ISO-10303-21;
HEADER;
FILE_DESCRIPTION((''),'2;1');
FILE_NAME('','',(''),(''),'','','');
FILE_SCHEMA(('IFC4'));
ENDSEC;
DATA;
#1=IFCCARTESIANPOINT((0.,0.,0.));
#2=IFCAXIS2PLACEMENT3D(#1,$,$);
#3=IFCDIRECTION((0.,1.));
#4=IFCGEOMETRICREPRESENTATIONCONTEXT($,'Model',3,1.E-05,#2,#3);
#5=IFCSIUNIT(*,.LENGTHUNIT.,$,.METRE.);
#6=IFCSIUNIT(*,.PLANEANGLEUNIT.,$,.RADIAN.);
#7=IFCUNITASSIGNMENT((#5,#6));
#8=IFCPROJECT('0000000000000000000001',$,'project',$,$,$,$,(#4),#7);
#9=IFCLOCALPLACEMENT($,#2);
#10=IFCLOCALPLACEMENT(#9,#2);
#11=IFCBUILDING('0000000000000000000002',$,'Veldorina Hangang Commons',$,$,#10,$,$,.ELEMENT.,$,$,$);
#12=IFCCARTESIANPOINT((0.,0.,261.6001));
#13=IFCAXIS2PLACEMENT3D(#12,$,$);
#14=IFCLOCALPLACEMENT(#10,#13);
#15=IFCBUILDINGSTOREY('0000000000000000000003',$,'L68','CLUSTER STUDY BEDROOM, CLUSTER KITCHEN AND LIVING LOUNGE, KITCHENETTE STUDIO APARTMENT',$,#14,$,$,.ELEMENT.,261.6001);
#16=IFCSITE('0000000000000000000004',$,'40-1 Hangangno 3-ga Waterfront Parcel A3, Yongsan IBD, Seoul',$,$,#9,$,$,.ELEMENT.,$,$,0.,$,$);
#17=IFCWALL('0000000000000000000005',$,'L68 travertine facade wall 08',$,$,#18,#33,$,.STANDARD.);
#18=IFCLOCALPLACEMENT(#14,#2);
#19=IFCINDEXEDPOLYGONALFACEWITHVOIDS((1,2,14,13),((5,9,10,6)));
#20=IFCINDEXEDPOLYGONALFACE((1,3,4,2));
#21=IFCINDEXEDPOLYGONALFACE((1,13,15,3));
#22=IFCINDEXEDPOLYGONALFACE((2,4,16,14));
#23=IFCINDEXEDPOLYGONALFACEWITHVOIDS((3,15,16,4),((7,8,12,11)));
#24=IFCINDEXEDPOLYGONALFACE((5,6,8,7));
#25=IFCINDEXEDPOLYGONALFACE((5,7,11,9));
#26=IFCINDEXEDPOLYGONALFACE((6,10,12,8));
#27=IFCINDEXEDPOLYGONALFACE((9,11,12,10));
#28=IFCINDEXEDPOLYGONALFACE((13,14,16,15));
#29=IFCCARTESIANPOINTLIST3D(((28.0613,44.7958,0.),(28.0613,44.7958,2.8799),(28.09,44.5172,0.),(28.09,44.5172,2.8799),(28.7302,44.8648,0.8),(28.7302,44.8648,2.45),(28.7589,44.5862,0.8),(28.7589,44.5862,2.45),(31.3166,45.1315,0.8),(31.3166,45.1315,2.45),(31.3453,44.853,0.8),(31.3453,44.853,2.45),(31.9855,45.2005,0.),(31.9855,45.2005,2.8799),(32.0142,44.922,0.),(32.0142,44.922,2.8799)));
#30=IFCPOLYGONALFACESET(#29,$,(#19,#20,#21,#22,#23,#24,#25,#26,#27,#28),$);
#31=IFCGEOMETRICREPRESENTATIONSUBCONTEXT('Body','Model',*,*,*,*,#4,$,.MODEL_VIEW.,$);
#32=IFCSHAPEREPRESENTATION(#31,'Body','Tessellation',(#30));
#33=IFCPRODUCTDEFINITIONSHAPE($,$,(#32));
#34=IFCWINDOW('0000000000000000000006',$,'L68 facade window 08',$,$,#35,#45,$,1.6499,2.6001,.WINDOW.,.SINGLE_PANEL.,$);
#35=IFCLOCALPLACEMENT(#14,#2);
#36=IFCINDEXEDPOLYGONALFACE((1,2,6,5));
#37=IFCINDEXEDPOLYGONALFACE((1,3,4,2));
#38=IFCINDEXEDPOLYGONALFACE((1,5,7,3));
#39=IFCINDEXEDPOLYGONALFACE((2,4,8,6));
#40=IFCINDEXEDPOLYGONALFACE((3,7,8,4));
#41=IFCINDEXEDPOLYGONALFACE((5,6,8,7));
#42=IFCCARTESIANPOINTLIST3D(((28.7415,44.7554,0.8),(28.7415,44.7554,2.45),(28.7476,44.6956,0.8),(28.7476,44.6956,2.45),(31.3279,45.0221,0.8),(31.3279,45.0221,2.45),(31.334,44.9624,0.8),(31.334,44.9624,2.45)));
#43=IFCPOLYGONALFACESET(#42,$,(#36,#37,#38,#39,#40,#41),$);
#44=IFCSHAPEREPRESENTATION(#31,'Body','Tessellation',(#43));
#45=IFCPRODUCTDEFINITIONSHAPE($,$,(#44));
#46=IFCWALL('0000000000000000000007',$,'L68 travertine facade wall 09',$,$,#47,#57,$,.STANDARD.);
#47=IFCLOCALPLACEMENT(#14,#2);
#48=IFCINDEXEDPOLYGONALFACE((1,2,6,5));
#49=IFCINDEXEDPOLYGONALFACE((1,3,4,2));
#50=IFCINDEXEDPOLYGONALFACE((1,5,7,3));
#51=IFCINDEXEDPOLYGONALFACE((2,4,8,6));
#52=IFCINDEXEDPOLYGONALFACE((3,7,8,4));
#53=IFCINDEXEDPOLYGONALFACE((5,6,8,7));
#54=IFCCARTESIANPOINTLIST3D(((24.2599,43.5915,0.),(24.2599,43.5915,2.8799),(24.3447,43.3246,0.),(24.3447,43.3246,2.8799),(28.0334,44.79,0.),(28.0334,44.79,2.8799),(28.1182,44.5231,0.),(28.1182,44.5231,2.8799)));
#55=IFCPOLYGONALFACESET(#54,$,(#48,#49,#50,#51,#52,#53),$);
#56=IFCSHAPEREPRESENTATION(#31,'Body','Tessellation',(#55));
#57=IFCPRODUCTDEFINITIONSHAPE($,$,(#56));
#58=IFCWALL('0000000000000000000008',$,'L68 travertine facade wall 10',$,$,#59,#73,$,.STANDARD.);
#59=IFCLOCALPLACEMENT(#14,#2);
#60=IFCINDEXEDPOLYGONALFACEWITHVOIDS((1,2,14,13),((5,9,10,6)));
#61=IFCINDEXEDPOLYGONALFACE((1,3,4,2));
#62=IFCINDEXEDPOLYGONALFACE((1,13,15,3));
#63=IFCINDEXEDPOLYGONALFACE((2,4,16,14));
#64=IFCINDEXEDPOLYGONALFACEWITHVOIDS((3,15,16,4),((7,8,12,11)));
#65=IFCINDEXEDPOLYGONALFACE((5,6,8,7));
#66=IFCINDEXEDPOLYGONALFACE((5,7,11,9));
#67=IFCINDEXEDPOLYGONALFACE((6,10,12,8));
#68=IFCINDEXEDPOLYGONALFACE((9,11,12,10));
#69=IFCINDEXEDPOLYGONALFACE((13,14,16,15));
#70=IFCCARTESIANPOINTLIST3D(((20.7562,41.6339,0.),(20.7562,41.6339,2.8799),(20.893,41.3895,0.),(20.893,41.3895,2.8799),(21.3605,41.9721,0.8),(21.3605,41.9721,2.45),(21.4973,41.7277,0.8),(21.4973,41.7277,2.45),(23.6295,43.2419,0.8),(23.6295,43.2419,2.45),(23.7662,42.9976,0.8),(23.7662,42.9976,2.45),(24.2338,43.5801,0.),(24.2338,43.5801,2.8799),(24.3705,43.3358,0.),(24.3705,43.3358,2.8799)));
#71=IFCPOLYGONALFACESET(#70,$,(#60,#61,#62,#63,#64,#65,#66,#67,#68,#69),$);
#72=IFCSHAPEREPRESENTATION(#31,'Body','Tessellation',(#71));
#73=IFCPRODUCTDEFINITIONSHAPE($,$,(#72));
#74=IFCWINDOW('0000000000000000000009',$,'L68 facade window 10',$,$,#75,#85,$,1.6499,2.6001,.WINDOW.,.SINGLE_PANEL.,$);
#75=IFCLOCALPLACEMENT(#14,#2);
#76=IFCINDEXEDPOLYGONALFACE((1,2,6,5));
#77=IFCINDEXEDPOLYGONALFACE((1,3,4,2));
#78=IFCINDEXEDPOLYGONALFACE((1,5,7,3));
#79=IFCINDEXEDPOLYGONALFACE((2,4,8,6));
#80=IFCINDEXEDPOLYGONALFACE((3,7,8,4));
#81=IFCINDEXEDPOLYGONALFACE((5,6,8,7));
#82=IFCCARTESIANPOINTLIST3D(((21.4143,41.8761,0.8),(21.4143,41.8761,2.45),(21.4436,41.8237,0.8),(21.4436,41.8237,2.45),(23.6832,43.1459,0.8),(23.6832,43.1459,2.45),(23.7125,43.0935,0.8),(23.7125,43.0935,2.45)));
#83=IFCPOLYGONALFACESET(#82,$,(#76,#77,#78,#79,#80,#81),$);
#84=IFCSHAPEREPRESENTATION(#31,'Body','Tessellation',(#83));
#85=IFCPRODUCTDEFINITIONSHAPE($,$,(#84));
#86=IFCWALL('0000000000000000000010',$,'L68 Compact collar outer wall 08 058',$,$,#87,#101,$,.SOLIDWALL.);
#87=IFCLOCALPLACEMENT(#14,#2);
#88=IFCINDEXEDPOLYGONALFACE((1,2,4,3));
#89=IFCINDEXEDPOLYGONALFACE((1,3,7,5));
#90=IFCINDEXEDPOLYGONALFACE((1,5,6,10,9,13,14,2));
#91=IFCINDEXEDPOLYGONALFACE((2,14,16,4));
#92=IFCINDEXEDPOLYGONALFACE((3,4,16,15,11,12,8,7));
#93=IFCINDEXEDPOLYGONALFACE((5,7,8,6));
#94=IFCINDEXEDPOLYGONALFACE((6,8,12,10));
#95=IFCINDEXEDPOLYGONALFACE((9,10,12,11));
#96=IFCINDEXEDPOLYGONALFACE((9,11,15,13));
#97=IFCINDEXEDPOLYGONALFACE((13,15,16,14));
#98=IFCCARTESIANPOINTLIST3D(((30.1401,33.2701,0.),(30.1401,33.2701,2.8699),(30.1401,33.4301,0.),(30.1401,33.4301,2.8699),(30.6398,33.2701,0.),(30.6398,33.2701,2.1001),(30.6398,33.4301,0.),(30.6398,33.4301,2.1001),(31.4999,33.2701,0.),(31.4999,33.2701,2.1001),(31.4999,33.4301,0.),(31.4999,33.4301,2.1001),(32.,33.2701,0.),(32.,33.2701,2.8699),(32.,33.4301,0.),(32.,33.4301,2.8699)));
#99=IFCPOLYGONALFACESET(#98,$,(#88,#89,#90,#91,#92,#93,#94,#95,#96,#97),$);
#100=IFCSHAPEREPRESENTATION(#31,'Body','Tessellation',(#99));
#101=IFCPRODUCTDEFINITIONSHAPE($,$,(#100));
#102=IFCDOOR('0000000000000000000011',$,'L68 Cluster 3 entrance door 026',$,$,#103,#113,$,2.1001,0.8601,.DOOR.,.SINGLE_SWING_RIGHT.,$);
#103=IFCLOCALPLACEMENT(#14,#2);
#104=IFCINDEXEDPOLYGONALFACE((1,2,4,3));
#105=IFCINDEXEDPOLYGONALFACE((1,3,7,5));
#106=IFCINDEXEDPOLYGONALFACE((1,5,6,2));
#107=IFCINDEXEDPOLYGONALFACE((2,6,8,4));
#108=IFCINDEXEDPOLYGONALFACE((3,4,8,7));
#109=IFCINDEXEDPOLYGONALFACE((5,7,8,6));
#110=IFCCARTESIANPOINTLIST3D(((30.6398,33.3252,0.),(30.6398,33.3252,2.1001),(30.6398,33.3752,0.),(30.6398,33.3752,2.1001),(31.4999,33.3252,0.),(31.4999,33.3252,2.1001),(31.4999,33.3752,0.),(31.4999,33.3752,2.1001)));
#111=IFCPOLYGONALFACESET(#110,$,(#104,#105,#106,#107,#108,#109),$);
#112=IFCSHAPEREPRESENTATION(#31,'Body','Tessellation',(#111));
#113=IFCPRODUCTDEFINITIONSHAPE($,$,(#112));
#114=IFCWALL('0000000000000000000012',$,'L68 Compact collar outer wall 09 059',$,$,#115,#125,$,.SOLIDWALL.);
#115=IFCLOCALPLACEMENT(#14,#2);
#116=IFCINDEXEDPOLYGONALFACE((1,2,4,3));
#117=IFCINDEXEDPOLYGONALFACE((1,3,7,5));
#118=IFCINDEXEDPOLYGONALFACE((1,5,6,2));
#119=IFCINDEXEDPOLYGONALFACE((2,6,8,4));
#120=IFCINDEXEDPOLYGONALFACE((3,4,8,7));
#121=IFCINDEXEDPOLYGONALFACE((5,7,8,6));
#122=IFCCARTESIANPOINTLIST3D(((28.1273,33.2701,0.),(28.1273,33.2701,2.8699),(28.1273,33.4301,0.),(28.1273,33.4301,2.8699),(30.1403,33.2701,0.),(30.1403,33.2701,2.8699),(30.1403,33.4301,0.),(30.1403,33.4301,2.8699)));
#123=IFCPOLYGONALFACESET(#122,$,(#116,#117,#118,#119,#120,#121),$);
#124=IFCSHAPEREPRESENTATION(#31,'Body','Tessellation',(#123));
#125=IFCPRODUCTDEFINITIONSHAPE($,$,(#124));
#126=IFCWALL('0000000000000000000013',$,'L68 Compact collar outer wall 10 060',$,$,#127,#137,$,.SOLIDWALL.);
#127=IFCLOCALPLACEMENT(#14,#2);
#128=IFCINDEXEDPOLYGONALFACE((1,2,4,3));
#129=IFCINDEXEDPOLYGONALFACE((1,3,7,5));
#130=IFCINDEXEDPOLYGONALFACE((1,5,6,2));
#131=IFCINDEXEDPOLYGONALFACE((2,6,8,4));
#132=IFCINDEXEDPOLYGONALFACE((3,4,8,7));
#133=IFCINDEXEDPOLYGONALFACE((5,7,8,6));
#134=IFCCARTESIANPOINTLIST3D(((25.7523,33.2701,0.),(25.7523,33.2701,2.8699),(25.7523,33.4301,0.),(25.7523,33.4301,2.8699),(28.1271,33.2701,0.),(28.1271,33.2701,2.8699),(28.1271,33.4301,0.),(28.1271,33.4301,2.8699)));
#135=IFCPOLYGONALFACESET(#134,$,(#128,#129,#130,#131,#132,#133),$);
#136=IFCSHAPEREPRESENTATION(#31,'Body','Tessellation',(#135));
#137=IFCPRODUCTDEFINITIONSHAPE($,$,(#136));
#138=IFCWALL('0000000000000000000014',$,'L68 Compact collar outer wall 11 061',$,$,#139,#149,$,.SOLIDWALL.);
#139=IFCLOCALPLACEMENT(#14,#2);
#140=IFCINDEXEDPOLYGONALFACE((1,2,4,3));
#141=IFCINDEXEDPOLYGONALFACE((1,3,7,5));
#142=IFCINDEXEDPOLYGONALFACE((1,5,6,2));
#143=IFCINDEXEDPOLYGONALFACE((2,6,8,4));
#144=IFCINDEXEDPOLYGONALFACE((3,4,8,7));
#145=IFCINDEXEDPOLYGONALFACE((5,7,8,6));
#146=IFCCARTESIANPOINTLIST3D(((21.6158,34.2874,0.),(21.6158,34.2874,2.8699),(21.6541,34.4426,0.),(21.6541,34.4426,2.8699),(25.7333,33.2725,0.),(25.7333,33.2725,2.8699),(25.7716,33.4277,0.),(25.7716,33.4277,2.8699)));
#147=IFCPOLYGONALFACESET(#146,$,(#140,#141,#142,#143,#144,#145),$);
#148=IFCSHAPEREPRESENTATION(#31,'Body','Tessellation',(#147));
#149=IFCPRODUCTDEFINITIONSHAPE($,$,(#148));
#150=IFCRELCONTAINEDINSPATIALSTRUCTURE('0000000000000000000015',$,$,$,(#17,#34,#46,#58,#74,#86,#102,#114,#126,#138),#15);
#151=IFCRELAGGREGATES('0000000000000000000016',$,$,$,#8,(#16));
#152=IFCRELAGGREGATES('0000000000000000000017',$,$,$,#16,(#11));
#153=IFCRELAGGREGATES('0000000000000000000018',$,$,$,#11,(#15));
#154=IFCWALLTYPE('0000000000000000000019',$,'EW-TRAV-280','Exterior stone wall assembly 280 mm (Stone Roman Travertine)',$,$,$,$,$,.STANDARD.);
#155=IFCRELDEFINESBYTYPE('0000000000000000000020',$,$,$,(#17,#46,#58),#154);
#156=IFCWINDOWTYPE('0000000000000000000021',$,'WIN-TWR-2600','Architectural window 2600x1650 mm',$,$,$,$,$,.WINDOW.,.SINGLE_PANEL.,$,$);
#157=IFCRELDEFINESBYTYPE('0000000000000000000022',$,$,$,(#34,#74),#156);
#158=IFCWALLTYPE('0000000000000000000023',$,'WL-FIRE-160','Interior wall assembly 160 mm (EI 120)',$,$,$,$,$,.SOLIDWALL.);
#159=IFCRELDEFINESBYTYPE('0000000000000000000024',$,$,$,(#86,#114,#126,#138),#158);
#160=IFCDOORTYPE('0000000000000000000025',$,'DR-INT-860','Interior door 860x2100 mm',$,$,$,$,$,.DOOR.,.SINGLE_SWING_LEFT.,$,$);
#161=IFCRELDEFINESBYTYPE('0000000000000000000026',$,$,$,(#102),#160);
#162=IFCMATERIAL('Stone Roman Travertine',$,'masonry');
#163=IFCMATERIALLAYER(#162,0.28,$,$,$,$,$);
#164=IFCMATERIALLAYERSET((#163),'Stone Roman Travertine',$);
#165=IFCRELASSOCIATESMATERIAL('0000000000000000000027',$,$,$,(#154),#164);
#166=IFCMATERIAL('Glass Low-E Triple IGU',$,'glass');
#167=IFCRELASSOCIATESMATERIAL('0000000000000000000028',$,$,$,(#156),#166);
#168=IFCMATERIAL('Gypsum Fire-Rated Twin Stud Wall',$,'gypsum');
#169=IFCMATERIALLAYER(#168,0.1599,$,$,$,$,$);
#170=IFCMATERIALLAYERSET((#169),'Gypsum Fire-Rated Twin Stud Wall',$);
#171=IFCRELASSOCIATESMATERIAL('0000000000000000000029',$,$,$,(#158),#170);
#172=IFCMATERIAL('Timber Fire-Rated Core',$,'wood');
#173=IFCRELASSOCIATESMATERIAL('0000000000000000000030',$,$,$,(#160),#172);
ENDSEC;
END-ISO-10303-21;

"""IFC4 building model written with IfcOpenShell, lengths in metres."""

from ifc_helpers import new_model, si_unit, direction, frame, frame_2d, origin, place, context, subcontext, project, spatial, rectangle, extrude, material, layer, layer_set, type_object, element, fill, save


model = new_model("IFC4")

# Units and contexts
model_context = context("Model", 3, precision=1e-05, world=origin(), true_north=direction((0.0, 1.0)))
body_context = subcontext(model_context, "Body", "Model", "MODEL_VIEW")
ifc_project = project(units=[si_unit("LENGTHUNIT", "METRE"), si_unit("PLANEANGLEUNIT", "RADIAN")], contexts=[model_context])

# Site, building, storey
site_placement = place(None, origin())
site = spatial("IfcSite", under=ifc_project, at=site_placement, Name="40-1 Hangangno 3-ga Waterfront Parcel A3, Yongsan IBD, Seoul", CompositionType="ELEMENT", RefElevation=0.0)
building_placement = place(site_placement, origin())
building = spatial("IfcBuilding", under=site, at=building_placement, Name="Veldorina Hangang Commons", CompositionType="ELEMENT")
storey_placement = place(building_placement, frame((0.0, 0.0, 261.6001)))
storey = spatial("IfcBuildingStorey", under=building, at=storey_placement, Name="L68", Description="CLUSTER STUDY BEDROOM, CLUSTER KITCHEN AND LIVING LOUNGE, KITCHENETTE STUDIO APARTMENT", CompositionType="ELEMENT", Elevation=261.6001)

# Wall, opening, window
ifc_material_1 = material(Name="Stone Roman Travertine", Category="masonry")
ifc_layer_1 = layer(ifc_material_1, 0.28)
ifc_layer_set_1 = layer_set([ifc_layer_1], Name="Stone Roman Travertine")
wall_type_1 = type_object("IfcWallType", Name="EW-TRAV-280", Description="Exterior stone wall assembly 280 mm (Stone Roman Travertine)", PredefinedType="STANDARD", material=ifc_layer_set_1)
wall_1_placement = place(storey_placement, frame((32.0, 45.0613, 0.0), z_axis=(0.0, 0.0, 1.0), x_axis=(-0.994722, -0.102604, 0.0)))
wall_1 = element("IfcWall", 1, at=wall_1_placement, inside=storey, type_object=wall_type_1, Name="L68 travertine facade wall 08", PredefinedType="STANDARD", context=body_context, shape_type="SweptSolid", body=[
    extrude(rectangle(XDim=3.9451, YDim=0.28, at=frame_2d((1.9727, 0.0))), origin(), (0.0, 0.0, 1.0), 2.8799),
])
opening_1_placement = place(wall_1_placement, frame((0.6726, 0.0, 0.8)))
opening_1 = element("IfcOpeningElement", 2, at=opening_1_placement, cuts=wall_1, PredefinedType="OPENING", context=body_context, shape_type="SweptSolid", body=[
    extrude(rectangle(XDim=2.6001, YDim=1.6499, at=frame_2d((1.3, 0.825))), frame((0.0, 0.1499, 0.0), z_axis=(0.0, -1.0, 0.0), x_axis=(1.0, 0.0, 0.0)), (0.0, 0.0, 1.0), 0.3),
])
ifc_material_2 = material(Name="Glass Low-E Triple IGU", Category="glass")
window_type = type_object("IfcWindowType", Name="WIN-TWR-2600", Description="Architectural window 2600x1650 mm", PartitioningType="SINGLE_PANEL", PredefinedType="WINDOW", material=ifc_material_2)
window_1_placement = place(opening_1_placement, origin())
window_1 = element("IfcWindow", 3, at=window_1_placement, inside=storey, type_object=window_type, Name="L68 facade window 08", OverallHeight=1.6499, OverallWidth=2.6001, PartitioningType="SINGLE_PANEL", PredefinedType="WINDOW", context=body_context, shape_type="SweptSolid", body=[
    extrude(rectangle(XDim=2.6001, YDim=1.6499, at=frame_2d((1.3, 0.825))), frame((0.0, 0.03, 0.0), z_axis=(0.0, -1.0, 0.0), x_axis=(1.0, 0.0, 0.0)), (0.0, 0.0, 1.0), 0.0601),
])
fill(opening_1, window_1)

# Wall
wall_2_placement = place(storey_placement, frame((28.0757, 44.6565, 0.0), z_axis=(0.0, 0.0, 1.0), x_axis=(-0.953083, -0.30271, 0.0)))
element("IfcWall", 4, at=wall_2_placement, inside=storey, type_object=wall_type_1, Name="L68 travertine facade wall 09", PredefinedType="STANDARD", context=body_context, shape_type="SweptSolid", body=[
    extrude(rectangle(XDim=3.9592, YDim=0.28, at=frame_2d((1.9795, 0.0))), origin(), (0.0, 0.0, 1.0), 2.8799),
])

# Wall, opening, window
wall_3_placement = place(storey_placement, frame((24.3022, 43.458, 0.0), z_axis=(0.0, 0.0, 1.0), x_axis=(-0.872627, -0.488387, 0.0)))
wall_3 = element("IfcWall", 5, at=wall_3_placement, inside=storey, type_object=wall_type_1, Name="L68 travertine facade wall 10", PredefinedType="STANDARD", context=body_context, shape_type="SweptSolid", body=[
    extrude(rectangle(XDim=3.9851, YDim=0.28, at=frame_2d((1.9927, 0.0))), origin(), (0.0, 0.0, 1.0), 2.8799),
])
opening_2_placement = place(wall_3_placement, frame((0.6926, 0.0, 0.8)))
opening_2 = element("IfcOpeningElement", 6, at=opening_2_placement, cuts=wall_3, PredefinedType="OPENING", context=body_context, shape_type="SweptSolid", body=[
    extrude(rectangle(XDim=2.6001, YDim=1.6499, at=frame_2d((1.3, 0.825))), frame((0.0, 0.1499, 0.0), z_axis=(0.0, -1.0, 0.0), x_axis=(1.0, 0.0, 0.0)), (0.0, 0.0, 1.0), 0.3),
])
window_2_placement = place(opening_2_placement, origin())
window_2 = element("IfcWindow", 7, at=window_2_placement, inside=storey, type_object=window_type, Name="L68 facade window 10", OverallHeight=1.6499, OverallWidth=2.6001, PartitioningType="SINGLE_PANEL", PredefinedType="WINDOW", context=body_context, shape_type="SweptSolid", body=[
    extrude(rectangle(XDim=2.6001, YDim=1.6499, at=frame_2d((1.3, 0.825))), frame((0.0, 0.03, 0.0), z_axis=(0.0, -1.0, 0.0), x_axis=(1.0, 0.0, 0.0)), (0.0, 0.0, 1.0), 0.0601),
])
fill(opening_2, window_2)

# Wall, opening, door
ifc_material_3 = material(Name="Gypsum Fire-Rated Twin Stud Wall", Category="gypsum")
ifc_layer_2 = layer(ifc_material_3, 0.1599)
ifc_layer_set_2 = layer_set([ifc_layer_2], Name="Gypsum Fire-Rated Twin Stud Wall")
wall_type_2 = type_object("IfcWallType", Name="WL-FIRE-160", Description="Interior wall assembly 160 mm (EI 120)", PredefinedType="SOLIDWALL", material=ifc_layer_set_2)
wall_4_placement = place(storey_placement, frame((32.0, 33.3501, 0.0), z_axis=(0.0, 0.0, 1.0), x_axis=(-1.0, 0.0, 0.0)))
wall_4 = element("IfcWall", 8, at=wall_4_placement, inside=storey, type_object=wall_type_2, Name="L68 Compact collar outer wall 08 058", PredefinedType="SOLIDWALL", context=body_context, shape_type="SweptSolid", body=[
    extrude(rectangle(XDim=1.8599, YDim=0.1599, at=frame_2d((0.9299, 0.0))), origin(), (0.0, 0.0, 1.0), 2.8699),
])
opening_3_placement = place(wall_4_placement, frame((0.5, 0.0, 0.0)))
opening_3 = element("IfcOpeningElement", 9, at=opening_3_placement, cuts=wall_4, PredefinedType="OPENING", context=body_context, shape_type="SweptSolid", body=[
    extrude(rectangle(XDim=0.8601, YDim=2.1001, at=frame_2d((0.4302, 1.05))), frame((0.0, 0.0898, 0.0), z_axis=(0.0, -1.0, 0.0), x_axis=(1.0, 0.0, 0.0)), (0.0, 0.0, 1.0), 0.1799),
])
ifc_material_4 = material(Name="Timber Fire-Rated Core", Category="wood")
door_type_1 = type_object("IfcDoorType", Name="DR-INT-860", Description="Interior door 860x2100 mm", OperationType="SINGLE_SWING_LEFT", PredefinedType="DOOR", material=ifc_material_4)
door_1_placement = place(opening_3_placement, origin())
door_1 = element("IfcDoor", 10, at=door_1_placement, inside=storey, type_object=door_type_1, Name="L68 Cluster 3 entrance door 026", OperationType="SINGLE_SWING_RIGHT", OverallHeight=2.1001, OverallWidth=0.8601, PredefinedType="DOOR", context=body_context, shape_type="SweptSolid", body=[
    extrude(rectangle(XDim=0.8601, YDim=2.1001, at=frame_2d((0.4302, 1.05))), frame((0.0, 0.0249, 0.0), z_axis=(0.0, -1.0, 0.0), x_axis=(1.0, 0.0, 0.0)), (0.0, 0.0, 1.0), 0.05),
])
fill(opening_3, door_1)

# Walls
wall_5_placement = place(storey_placement, frame((30.1401, 33.3501, 0.0), z_axis=(0.0, 0.0, 1.0), x_axis=(-1.0, 0.0, 0.0)))
element("IfcWall", 11, at=wall_5_placement, inside=storey, type_object=wall_type_2, Name="L68 Compact collar outer wall 09 059", PredefinedType="SOLIDWALL", context=body_context, shape_type="SweptSolid", body=[
    extrude(rectangle(XDim=2.0129, YDim=0.1599, at=frame_2d((1.0063, 0.0))), origin(), (0.0, 0.0, 1.0), 2.8699),
])
wall_6_placement = place(storey_placement, frame((28.1272, 33.3501, 0.0), z_axis=(0.0, 0.0, 1.0), x_axis=(-1.0, 0.0, 0.0)))
element("IfcWall", 12, at=wall_6_placement, inside=storey, type_object=wall_type_2, Name="L68 Compact collar outer wall 10 060", PredefinedType="SOLIDWALL", context=body_context, shape_type="SweptSolid", body=[
    extrude(rectangle(XDim=2.3748, YDim=0.1599, at=frame_2d((1.1875, 0.0))), origin(), (0.0, 0.0, 1.0), 2.8699),
])
wall_7_placement = place(storey_placement, frame((25.7524, 33.3501, 0.0), z_axis=(0.0, 0.0, 1.0), x_axis=(-0.97094, 0.239324, 0.0)))
element("IfcWall", 13, at=wall_7_placement, inside=storey, type_object=wall_type_2, Name="L68 Compact collar outer wall 11 061", PredefinedType="SOLIDWALL", context=body_context, shape_type="SweptSolid", body=[
    extrude(rectangle(XDim=4.2407, YDim=0.1599, at=frame_2d((2.1204, 0.0))), origin(), (0.0, 0.0, 1.0), 2.8699),
])

save(model, "model.ifc")
